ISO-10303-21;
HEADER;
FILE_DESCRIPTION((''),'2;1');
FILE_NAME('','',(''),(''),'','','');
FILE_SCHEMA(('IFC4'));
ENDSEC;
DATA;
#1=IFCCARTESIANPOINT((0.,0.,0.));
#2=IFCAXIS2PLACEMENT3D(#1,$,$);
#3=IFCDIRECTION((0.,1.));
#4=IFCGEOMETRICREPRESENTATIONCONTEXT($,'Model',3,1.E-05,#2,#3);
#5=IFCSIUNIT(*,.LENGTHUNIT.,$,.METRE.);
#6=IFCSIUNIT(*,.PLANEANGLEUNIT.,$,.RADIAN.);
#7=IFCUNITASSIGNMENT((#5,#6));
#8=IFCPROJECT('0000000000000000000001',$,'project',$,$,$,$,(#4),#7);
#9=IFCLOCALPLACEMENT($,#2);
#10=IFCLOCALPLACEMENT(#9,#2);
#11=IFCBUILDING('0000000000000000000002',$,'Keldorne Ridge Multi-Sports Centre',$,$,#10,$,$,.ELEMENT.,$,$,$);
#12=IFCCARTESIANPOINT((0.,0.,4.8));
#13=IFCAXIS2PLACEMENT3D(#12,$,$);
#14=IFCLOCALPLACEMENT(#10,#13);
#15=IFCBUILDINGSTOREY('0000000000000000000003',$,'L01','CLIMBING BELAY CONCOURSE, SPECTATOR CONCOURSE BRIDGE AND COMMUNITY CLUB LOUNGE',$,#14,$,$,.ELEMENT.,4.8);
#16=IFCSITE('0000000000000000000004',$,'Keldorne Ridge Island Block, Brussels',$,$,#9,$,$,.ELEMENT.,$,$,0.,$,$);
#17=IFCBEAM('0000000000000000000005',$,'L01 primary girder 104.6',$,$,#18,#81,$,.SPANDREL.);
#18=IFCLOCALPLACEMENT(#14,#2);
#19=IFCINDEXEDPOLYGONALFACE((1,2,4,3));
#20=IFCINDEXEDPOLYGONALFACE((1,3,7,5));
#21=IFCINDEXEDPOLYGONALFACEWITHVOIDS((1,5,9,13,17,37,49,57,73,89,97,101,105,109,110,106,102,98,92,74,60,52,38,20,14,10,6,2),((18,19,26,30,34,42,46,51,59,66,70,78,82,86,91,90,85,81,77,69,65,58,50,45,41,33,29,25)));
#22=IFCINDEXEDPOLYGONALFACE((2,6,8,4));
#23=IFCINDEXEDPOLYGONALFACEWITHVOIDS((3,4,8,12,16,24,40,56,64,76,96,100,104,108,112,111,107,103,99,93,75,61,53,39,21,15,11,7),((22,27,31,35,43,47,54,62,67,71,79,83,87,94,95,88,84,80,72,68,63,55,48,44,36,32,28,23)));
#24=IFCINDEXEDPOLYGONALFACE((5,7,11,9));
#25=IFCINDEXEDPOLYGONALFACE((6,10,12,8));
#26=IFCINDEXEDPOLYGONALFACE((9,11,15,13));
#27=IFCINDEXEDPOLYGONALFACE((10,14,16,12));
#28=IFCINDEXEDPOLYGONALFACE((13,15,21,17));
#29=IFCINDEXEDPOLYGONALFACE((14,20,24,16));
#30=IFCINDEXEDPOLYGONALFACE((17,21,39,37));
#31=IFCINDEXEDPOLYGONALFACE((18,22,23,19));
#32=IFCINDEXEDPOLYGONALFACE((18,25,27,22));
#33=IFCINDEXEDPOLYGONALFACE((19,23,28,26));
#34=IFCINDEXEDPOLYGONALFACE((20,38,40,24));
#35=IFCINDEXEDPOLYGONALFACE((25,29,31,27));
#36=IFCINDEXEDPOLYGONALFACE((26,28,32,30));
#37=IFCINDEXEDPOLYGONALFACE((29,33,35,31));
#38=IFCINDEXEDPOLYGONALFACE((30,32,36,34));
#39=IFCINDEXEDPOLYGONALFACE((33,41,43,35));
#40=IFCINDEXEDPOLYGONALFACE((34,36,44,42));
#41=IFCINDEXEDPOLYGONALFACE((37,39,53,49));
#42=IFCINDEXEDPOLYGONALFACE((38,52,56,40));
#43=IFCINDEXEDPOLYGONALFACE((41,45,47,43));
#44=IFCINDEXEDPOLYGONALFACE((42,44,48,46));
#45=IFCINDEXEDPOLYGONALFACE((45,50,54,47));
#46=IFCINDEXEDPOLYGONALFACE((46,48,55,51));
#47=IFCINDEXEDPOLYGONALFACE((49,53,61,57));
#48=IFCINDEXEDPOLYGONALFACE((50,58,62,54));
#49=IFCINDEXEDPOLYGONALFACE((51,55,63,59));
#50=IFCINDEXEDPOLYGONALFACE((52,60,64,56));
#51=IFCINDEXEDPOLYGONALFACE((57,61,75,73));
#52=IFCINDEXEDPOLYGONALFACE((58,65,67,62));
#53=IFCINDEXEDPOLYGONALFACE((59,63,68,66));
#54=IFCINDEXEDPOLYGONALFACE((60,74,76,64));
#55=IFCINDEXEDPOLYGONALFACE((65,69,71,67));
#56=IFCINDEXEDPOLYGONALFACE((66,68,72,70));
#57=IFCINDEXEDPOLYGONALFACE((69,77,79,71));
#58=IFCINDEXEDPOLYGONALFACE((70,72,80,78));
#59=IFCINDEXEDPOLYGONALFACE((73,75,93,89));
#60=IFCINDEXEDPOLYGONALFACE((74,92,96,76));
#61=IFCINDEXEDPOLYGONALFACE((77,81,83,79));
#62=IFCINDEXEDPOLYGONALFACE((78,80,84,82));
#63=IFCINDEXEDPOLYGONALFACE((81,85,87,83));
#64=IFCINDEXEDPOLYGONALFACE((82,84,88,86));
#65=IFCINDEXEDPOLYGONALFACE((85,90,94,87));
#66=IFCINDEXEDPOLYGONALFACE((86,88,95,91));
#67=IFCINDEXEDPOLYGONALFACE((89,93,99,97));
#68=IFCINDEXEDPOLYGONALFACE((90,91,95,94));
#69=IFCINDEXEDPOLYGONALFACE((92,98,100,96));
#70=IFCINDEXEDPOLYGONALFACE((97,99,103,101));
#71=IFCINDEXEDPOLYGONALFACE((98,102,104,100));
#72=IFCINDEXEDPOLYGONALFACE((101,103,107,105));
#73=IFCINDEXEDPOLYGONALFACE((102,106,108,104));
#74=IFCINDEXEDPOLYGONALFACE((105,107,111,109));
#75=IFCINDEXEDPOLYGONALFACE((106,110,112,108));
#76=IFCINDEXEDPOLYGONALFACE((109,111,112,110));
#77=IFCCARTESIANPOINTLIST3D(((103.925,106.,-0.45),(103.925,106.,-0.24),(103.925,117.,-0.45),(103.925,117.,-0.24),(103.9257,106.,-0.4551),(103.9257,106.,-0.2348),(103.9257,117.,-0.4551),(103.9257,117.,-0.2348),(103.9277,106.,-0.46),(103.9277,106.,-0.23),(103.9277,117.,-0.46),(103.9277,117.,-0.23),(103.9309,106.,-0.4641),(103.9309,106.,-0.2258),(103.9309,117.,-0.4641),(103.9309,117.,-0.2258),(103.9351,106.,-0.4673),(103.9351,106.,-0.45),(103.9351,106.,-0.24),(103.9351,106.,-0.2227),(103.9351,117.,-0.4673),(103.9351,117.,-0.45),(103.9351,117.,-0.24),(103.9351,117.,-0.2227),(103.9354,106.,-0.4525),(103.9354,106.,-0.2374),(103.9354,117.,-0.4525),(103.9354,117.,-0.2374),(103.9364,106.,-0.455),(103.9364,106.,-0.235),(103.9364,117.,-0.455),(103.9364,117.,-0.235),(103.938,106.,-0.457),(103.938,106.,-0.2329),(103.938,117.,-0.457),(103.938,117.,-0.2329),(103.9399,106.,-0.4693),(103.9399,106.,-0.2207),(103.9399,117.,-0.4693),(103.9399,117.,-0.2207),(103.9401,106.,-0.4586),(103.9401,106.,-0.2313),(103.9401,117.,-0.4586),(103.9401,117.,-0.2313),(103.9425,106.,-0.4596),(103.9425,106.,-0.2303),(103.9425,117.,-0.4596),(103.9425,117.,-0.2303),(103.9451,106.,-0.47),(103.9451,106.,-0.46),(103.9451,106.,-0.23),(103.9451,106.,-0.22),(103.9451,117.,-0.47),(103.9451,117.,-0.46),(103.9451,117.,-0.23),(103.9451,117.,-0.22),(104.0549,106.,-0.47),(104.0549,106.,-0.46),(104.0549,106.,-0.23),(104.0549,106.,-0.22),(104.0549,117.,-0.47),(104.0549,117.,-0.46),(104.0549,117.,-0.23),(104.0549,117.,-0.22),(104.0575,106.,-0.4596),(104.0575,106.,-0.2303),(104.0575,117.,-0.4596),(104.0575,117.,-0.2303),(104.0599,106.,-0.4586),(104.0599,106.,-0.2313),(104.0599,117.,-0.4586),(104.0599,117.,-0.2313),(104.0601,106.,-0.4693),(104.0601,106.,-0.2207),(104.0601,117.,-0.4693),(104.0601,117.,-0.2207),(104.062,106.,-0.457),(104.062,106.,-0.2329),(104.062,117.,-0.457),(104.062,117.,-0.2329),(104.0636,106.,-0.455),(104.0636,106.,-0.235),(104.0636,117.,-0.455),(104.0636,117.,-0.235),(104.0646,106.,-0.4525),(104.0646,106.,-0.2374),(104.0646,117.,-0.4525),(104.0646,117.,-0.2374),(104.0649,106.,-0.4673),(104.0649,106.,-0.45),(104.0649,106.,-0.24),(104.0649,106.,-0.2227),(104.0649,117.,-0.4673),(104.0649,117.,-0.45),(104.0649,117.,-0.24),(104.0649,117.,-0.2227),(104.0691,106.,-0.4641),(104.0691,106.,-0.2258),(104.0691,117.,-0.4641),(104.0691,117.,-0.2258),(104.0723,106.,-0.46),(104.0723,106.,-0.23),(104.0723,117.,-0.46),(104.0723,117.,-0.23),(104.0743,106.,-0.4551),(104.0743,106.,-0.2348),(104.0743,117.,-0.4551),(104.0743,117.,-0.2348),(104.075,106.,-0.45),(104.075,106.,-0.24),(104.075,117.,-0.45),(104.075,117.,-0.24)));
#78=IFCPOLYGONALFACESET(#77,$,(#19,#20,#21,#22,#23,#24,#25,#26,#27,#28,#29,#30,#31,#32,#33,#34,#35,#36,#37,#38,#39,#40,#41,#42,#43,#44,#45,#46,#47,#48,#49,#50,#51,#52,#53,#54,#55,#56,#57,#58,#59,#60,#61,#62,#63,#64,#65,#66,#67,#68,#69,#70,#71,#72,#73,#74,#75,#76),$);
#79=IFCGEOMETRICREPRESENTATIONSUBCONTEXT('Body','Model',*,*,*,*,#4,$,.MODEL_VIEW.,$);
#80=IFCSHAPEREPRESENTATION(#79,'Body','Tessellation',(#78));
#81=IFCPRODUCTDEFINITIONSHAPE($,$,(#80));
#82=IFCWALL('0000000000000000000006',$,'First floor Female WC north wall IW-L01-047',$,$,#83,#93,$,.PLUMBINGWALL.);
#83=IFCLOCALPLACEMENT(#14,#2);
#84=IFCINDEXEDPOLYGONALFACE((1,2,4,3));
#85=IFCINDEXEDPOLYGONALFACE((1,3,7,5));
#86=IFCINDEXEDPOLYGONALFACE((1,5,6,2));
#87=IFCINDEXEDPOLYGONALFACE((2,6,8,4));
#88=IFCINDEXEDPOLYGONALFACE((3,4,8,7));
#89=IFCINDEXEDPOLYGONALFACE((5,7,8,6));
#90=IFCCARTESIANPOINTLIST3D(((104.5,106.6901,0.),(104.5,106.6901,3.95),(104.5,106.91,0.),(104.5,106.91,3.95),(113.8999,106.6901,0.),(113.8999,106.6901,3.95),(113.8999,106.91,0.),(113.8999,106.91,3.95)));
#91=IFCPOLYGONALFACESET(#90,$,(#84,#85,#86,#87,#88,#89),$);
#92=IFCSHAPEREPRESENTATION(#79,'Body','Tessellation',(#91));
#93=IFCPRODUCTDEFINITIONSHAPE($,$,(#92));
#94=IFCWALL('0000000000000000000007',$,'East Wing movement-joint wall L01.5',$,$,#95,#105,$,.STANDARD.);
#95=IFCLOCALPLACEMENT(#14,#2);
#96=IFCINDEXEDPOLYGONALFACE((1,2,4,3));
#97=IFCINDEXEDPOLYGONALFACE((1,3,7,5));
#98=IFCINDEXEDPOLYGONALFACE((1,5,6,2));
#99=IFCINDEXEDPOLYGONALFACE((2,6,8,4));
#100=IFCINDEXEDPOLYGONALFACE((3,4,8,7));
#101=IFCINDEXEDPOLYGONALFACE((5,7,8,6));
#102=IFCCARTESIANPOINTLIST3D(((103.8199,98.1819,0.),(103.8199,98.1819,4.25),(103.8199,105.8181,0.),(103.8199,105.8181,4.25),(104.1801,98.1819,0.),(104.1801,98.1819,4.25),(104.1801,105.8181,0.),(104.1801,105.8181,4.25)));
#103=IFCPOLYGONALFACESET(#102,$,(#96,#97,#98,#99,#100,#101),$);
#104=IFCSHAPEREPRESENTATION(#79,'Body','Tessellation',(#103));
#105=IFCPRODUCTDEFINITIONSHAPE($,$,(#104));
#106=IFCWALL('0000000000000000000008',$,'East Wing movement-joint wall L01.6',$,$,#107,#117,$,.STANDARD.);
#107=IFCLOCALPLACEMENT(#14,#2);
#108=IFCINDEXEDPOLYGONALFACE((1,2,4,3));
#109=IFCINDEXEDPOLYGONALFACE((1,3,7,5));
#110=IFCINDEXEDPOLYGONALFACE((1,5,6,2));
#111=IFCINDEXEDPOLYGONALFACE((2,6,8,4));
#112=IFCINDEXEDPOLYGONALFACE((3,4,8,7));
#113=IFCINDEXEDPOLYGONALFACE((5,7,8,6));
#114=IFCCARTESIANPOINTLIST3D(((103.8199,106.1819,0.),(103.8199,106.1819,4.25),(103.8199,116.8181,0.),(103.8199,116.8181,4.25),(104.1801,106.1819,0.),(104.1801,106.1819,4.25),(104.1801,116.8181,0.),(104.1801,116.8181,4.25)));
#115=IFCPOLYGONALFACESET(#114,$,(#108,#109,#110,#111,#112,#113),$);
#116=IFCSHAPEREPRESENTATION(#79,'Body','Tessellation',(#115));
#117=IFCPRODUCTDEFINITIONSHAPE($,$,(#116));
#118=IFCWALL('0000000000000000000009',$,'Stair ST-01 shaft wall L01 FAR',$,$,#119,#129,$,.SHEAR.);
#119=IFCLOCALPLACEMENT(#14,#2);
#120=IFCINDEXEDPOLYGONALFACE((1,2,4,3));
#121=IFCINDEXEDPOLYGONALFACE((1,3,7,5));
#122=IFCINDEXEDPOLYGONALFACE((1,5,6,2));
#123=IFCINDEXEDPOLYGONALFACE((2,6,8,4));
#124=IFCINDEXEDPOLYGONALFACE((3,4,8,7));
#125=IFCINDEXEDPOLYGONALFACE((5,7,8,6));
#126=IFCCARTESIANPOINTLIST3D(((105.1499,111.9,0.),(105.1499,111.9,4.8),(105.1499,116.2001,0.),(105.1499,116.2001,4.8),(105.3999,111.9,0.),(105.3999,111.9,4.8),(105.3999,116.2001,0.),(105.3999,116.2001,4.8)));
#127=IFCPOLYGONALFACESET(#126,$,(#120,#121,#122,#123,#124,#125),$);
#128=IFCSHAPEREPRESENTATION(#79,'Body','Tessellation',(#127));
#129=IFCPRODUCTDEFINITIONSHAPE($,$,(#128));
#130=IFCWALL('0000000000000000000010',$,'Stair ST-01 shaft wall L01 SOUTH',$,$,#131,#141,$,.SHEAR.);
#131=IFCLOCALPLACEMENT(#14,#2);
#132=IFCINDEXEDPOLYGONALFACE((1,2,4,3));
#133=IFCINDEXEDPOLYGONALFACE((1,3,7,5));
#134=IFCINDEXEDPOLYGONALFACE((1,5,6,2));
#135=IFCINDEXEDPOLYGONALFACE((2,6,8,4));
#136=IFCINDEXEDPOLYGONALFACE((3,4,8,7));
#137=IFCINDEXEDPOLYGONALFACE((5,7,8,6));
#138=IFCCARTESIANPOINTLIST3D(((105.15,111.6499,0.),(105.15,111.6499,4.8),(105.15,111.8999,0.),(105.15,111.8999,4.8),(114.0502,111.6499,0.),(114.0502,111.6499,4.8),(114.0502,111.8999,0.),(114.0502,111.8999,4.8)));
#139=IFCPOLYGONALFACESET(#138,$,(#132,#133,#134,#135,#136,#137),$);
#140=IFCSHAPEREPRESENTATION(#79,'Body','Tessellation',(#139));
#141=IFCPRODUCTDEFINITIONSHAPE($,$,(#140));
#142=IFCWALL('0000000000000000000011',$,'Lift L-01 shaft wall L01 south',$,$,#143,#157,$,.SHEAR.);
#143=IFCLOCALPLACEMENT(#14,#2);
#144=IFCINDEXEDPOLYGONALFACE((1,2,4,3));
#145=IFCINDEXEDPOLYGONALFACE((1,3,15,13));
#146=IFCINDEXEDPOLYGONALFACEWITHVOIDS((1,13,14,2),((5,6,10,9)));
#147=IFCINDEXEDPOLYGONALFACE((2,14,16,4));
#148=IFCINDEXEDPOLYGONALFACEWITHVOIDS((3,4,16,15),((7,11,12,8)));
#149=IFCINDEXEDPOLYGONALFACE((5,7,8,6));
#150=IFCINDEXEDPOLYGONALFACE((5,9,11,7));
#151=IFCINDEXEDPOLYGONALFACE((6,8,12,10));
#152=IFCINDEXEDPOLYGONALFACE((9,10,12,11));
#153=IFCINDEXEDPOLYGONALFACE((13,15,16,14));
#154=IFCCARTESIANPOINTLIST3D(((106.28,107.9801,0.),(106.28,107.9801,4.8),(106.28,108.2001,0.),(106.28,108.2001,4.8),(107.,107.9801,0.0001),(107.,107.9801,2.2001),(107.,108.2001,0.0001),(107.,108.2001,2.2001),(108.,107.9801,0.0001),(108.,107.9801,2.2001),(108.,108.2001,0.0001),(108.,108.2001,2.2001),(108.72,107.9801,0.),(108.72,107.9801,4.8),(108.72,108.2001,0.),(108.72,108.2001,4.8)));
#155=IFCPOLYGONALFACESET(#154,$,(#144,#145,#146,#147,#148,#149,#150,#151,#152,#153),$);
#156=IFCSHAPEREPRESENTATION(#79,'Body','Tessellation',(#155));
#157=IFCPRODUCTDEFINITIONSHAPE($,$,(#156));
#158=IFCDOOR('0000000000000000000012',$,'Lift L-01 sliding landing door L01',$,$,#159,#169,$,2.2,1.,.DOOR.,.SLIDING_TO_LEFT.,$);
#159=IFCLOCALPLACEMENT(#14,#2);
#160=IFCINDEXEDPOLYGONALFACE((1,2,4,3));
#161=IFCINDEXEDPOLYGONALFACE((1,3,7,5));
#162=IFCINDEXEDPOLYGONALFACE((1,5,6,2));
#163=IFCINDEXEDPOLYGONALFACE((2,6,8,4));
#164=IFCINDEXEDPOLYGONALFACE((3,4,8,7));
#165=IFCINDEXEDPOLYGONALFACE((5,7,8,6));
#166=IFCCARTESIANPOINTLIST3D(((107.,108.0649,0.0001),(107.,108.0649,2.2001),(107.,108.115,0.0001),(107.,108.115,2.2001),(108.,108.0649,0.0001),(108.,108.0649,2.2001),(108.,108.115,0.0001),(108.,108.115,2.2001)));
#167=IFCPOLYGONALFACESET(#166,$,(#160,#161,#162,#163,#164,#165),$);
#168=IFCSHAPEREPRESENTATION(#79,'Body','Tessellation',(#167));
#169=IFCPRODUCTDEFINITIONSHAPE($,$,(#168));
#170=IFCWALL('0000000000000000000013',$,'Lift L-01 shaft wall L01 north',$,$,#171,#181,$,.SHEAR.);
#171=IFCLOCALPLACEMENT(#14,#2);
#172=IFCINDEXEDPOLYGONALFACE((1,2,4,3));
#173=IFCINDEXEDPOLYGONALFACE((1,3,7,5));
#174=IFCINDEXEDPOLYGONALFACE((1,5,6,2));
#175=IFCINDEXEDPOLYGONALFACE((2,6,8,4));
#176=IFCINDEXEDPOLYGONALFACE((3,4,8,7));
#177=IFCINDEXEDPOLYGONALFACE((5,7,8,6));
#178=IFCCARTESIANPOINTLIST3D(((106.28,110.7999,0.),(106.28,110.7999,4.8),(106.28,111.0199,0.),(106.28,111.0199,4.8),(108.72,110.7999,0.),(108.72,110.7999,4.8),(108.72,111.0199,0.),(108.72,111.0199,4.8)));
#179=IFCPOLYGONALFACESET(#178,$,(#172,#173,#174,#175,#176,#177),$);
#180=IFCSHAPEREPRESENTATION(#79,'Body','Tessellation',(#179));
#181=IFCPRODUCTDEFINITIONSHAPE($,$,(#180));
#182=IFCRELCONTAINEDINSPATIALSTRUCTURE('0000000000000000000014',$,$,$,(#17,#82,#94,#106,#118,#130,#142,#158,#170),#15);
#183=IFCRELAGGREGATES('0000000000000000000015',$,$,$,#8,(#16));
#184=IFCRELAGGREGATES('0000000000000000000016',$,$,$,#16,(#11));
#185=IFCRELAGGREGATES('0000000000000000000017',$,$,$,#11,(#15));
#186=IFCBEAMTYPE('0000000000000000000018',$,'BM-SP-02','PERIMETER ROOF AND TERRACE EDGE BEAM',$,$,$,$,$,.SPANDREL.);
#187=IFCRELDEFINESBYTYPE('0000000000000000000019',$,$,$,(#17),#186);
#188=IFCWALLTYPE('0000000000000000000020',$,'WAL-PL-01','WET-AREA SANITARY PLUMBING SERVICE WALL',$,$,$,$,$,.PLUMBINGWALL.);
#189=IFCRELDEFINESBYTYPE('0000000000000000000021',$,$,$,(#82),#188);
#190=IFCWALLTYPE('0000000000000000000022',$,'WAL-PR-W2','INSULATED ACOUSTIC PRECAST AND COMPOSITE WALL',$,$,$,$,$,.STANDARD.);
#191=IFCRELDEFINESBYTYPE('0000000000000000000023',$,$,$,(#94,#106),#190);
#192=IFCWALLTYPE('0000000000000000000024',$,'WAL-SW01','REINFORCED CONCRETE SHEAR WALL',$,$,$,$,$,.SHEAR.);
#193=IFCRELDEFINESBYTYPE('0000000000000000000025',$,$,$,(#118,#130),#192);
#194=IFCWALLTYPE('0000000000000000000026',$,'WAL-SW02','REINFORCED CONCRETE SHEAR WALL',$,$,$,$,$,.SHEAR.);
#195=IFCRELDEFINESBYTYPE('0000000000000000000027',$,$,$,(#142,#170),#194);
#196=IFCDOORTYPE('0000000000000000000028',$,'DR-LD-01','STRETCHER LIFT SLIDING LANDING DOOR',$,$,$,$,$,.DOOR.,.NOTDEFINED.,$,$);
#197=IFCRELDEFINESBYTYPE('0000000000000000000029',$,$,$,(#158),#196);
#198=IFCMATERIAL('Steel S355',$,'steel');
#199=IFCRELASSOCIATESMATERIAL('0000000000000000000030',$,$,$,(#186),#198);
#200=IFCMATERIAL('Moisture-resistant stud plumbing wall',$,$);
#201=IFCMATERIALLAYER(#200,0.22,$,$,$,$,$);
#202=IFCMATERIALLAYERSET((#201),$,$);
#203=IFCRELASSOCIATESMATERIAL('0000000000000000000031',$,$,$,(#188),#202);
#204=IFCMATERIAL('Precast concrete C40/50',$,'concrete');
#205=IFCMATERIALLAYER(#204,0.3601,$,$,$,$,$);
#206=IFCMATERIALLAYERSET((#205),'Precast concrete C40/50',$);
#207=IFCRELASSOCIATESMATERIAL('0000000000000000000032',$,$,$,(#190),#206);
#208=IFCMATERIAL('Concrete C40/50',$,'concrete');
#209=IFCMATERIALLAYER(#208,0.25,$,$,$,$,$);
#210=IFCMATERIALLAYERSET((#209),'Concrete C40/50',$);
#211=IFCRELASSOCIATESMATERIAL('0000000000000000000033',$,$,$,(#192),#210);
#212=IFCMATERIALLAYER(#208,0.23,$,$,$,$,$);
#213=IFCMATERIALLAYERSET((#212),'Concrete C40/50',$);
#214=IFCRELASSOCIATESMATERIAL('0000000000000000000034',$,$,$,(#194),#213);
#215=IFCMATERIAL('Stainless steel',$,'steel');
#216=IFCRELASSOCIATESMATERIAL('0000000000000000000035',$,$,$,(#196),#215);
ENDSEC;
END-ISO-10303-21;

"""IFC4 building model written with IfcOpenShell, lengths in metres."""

from ifc_helpers import new_model, si_unit, direction, frame, frame_2d, origin, origin_2d, place, context, subcontext, project, spatial, rectangle, hollow_rectangle, extrude, material, layer, layer_set, material_profile, profile_set, type_object, element, fill, save


model = new_model("IFC4")

# Units and contexts
model_context = context("Model", 3, precision=1e-05, world=origin(), true_north=direction((0.0, 1.0)))
body_context = subcontext(model_context, "Body", "Model", "MODEL_VIEW")
ifc_project = project(units=[si_unit("LENGTHUNIT", "METRE"), si_unit("PLANEANGLEUNIT", "RADIAN")], contexts=[model_context])

# Site, building, storey
site_placement = place(None, origin())
site = spatial("IfcSite", under=ifc_project, at=site_placement, Name="Keldorne Ridge Island Block, Brussels", CompositionType="ELEMENT", RefElevation=0.0)
building_placement = place(site_placement, origin())
building = spatial("IfcBuilding", under=site, at=building_placement, Name="Keldorne Ridge Multi-Sports Centre", CompositionType="ELEMENT")
storey_placement = place(building_placement, frame((0.0, 0.0, 4.8)))
storey = spatial("IfcBuildingStorey", under=building, at=storey_placement, Name="L01", Description="CLIMBING BELAY CONCOURSE, SPECTATOR CONCOURSE BRIDGE AND COMMUNITY CLUB LOUNGE", CompositionType="ELEMENT", Elevation=4.8)

# Beam
ifc_material_1 = material(Name="Steel S355", Category="steel")
ifc_material_profile_1 = material_profile(ifc_material_1, hollow_rectangle(XDim=0.1499, YDim=0.25, WallThickness=0.01, InnerFilletRadius=0.01, OuterFilletRadius=0.02, at=origin_2d()), Name="RHS 250x150x10")
ifc_profile_set_1 = profile_set([ifc_material_profile_1], Name="Steel S355")
beam_type_1 = type_object("IfcBeamType", Name="BM-SP-02", Description="PERIMETER ROOF AND TERRACE EDGE BEAM", PredefinedType="SPANDREL", material=ifc_profile_set_1)
beam_1_placement = place(storey_placement, frame((104.0, 106.0, -0.345), z_axis=(0.0, 1.0, 0.0), x_axis=(-1.0, 0.0, 0.0)))
element("IfcBeam", 1, at=beam_1_placement, inside=storey, type_object=beam_type_1, Name="L01 primary girder 104.6", PredefinedType="SPANDREL", context=body_context, shape_type="SweptSolid", body=[
    extrude(hollow_rectangle(XDim=0.1499, YDim=0.25, WallThickness=0.01, InnerFilletRadius=0.01, OuterFilletRadius=0.02, at=origin_2d()), origin(), (0.0, 0.0, 1.0), 11.0),
])

# Walls
ifc_material_2 = material(Name="Moisture-resistant stud plumbing wall")
ifc_layer_1 = layer(ifc_material_2, 0.22)
ifc_layer_set_1 = layer_set([ifc_layer_1])
wall_type_1 = type_object("IfcWallType", Name="WAL-PL-01", Description="WET-AREA SANITARY PLUMBING SERVICE WALL", PredefinedType="PLUMBINGWALL", material=ifc_layer_set_1)
wall_1_placement = place(storey_placement, frame((104.5, 106.8, 0.0), z_axis=(0.0, 0.0, 1.0), x_axis=(1.0, 0.0, 0.0)))
element("IfcWall", 2, at=wall_1_placement, inside=storey, type_object=wall_type_1, Name="First floor Female WC north wall IW-L01-047", PredefinedType="PLUMBINGWALL", context=body_context, shape_type="SweptSolid", body=[
    extrude(rectangle(XDim=9.3999, YDim=0.22, at=frame_2d((4.7, 0.0))), origin(), (0.0, 0.0, 1.0), 3.95),
])
ifc_material_3 = material(Name="Precast concrete C40/50", Category="concrete")
ifc_layer_2 = layer(ifc_material_3, 0.3601)
ifc_layer_set_2 = layer_set([ifc_layer_2], Name="Precast concrete C40/50")
wall_type_2 = type_object("IfcWallType", Name="WAL-PR-W2", Description="INSULATED ACOUSTIC PRECAST AND COMPOSITE WALL", PredefinedType="STANDARD", material=ifc_layer_set_2)
wall_2_placement = place(storey_placement, frame((104.0, 105.8181, 0.0), z_axis=(0.0, 0.0, 1.0), x_axis=(0.0, -1.0, 0.0)))
element("IfcWall", 3, at=wall_2_placement, inside=storey, type_object=wall_type_2, Name="East Wing movement-joint wall L01.5", PredefinedType="STANDARD", context=body_context, shape_type="SweptSolid", body=[
    extrude(rectangle(XDim=7.6362, YDim=0.3601, at=frame_2d((3.8181, 0.0))), origin(), (0.0, 0.0, 1.0), 4.25),
])
wall_3_placement = place(storey_placement, frame((104.0, 116.8181, 0.0), z_axis=(0.0, 0.0, 1.0), x_axis=(0.0, -1.0, 0.0)))
element("IfcWall", 4, at=wall_3_placement, inside=storey, type_object=wall_type_2, Name="East Wing movement-joint wall L01.6", PredefinedType="STANDARD", context=body_context, shape_type="SweptSolid", body=[
    extrude(rectangle(XDim=10.6362, YDim=0.3601, at=frame_2d((5.3181, 0.0))), origin(), (0.0, 0.0, 1.0), 4.25),
])
ifc_material_4 = material(Name="Concrete C40/50", Category="concrete")
ifc_layer_3 = layer(ifc_material_4, 0.25)
ifc_layer_set_3 = layer_set([ifc_layer_3], Name="Concrete C40/50")
wall_type_3 = type_object("IfcWallType", Name="WAL-SW01", Description="REINFORCED CONCRETE SHEAR WALL", PredefinedType="SHEAR", material=ifc_layer_set_3)
wall_4_placement = place(storey_placement, frame((105.2749, 116.2, 0.0), z_axis=(0.0, 0.0, 1.0), x_axis=(0.0, -1.0, 0.0)))
element("IfcWall", 5, at=wall_4_placement, inside=storey, type_object=wall_type_3, Name="Stair ST-01 shaft wall L01 FAR", PredefinedType="SHEAR", context=body_context, shape_type="SweptSolid", body=[
    extrude(rectangle(XDim=4.3, YDim=0.25, at=frame_2d((2.1499, 0.0))), origin(), (0.0, 0.0, 1.0), 4.8),
])
wall_5_placement = place(storey_placement, frame((105.1499, 111.7749, 0.0), z_axis=(0.0, 0.0, 1.0), x_axis=(1.0, 0.0, 0.0)))
element("IfcWall", 6, at=wall_5_placement, inside=storey, type_object=wall_type_3, Name="Stair ST-01 shaft wall L01 SOUTH", PredefinedType="SHEAR", context=body_context, shape_type="SweptSolid", body=[
    extrude(rectangle(XDim=8.9001, YDim=0.25, at=frame_2d((4.4502, 0.0))), origin(), (0.0, 0.0, 1.0), 4.8),
])

# Wall, opening, door
ifc_layer_4 = layer(ifc_material_4, 0.23)
ifc_layer_set_4 = layer_set([ifc_layer_4], Name="Concrete C40/50")
wall_type_4 = type_object("IfcWallType", Name="WAL-SW02", Description="REINFORCED CONCRETE SHEAR WALL", PredefinedType="SHEAR", material=ifc_layer_set_4)
wall_6_placement = place(storey_placement, frame((106.28, 108.0901, 0.0), z_axis=(0.0, 0.0, 1.0), x_axis=(1.0, 0.0, 0.0)))
wall_6 = element("IfcWall", 7, at=wall_6_placement, inside=storey, type_object=wall_type_4, Name="Lift L-01 shaft wall L01 south", PredefinedType="SHEAR", context=body_context, shape_type="SweptSolid", body=[
    extrude(rectangle(XDim=2.4399, YDim=0.22, at=frame_2d((1.22, 0.0))), origin(), (0.0, 0.0, 1.0), 4.8),
])
opening_1_placement = place(wall_6_placement, frame((0.72, 0.0, 0.0)))
opening_1 = element("IfcOpeningElement", 8, at=opening_1_placement, cuts=wall_6, PredefinedType="OPENING", context=body_context, shape_type="SweptSolid", body=[
    extrude(rectangle(XDim=1.0, YDim=2.2, at=frame_2d((0.5, 1.1001))), frame((0.0, 0.1201, 0.0), z_axis=(0.0, -1.0, 0.0), x_axis=(1.0, 0.0, 0.0)), (0.0, 0.0, 1.0), 0.24),
])
ifc_material_5 = material(Name="Stainless steel", Category="steel")
door_type = type_object("IfcDoorType", Name="DR-LD-01", Description="STRETCHER LIFT SLIDING LANDING DOOR", OperationType="NOTDEFINED", PredefinedType="DOOR", material=ifc_material_5)
door_1_placement = place(opening_1_placement, origin())
door_1 = element("IfcDoor", 9, at=door_1_placement, inside=storey, type_object=door_type, Name="Lift L-01 sliding landing door L01", OperationType="SLIDING_TO_LEFT", OverallHeight=2.2, OverallWidth=1.0, PredefinedType="DOOR", context=body_context, shape_type="SweptSolid", body=[
    extrude(rectangle(XDim=1.0, YDim=2.2, at=frame_2d((0.5, 1.1001))), frame((0.0, 0.0249, 0.0), z_axis=(0.0, -1.0, 0.0), x_axis=(1.0, 0.0, 0.0)), (0.0, 0.0, 1.0), 0.05),
])
fill(opening_1, door_1)

# Wall
wall_7_placement = place(storey_placement, frame((108.72, 110.9099, 0.0), z_axis=(0.0, 0.0, 1.0), x_axis=(-1.0, 0.0, 0.0)))
element("IfcWall", 10, at=wall_7_placement, inside=storey, type_object=wall_type_4, Name="Lift L-01 shaft wall L01 north", PredefinedType="SHEAR", context=body_context, shape_type="SweptSolid", body=[
    extrude(rectangle(XDim=2.4399, YDim=0.22, at=frame_2d((1.22, 0.0))), origin(), (0.0, 0.0, 1.0), 4.8),
])

save(model, "model.ifc")
